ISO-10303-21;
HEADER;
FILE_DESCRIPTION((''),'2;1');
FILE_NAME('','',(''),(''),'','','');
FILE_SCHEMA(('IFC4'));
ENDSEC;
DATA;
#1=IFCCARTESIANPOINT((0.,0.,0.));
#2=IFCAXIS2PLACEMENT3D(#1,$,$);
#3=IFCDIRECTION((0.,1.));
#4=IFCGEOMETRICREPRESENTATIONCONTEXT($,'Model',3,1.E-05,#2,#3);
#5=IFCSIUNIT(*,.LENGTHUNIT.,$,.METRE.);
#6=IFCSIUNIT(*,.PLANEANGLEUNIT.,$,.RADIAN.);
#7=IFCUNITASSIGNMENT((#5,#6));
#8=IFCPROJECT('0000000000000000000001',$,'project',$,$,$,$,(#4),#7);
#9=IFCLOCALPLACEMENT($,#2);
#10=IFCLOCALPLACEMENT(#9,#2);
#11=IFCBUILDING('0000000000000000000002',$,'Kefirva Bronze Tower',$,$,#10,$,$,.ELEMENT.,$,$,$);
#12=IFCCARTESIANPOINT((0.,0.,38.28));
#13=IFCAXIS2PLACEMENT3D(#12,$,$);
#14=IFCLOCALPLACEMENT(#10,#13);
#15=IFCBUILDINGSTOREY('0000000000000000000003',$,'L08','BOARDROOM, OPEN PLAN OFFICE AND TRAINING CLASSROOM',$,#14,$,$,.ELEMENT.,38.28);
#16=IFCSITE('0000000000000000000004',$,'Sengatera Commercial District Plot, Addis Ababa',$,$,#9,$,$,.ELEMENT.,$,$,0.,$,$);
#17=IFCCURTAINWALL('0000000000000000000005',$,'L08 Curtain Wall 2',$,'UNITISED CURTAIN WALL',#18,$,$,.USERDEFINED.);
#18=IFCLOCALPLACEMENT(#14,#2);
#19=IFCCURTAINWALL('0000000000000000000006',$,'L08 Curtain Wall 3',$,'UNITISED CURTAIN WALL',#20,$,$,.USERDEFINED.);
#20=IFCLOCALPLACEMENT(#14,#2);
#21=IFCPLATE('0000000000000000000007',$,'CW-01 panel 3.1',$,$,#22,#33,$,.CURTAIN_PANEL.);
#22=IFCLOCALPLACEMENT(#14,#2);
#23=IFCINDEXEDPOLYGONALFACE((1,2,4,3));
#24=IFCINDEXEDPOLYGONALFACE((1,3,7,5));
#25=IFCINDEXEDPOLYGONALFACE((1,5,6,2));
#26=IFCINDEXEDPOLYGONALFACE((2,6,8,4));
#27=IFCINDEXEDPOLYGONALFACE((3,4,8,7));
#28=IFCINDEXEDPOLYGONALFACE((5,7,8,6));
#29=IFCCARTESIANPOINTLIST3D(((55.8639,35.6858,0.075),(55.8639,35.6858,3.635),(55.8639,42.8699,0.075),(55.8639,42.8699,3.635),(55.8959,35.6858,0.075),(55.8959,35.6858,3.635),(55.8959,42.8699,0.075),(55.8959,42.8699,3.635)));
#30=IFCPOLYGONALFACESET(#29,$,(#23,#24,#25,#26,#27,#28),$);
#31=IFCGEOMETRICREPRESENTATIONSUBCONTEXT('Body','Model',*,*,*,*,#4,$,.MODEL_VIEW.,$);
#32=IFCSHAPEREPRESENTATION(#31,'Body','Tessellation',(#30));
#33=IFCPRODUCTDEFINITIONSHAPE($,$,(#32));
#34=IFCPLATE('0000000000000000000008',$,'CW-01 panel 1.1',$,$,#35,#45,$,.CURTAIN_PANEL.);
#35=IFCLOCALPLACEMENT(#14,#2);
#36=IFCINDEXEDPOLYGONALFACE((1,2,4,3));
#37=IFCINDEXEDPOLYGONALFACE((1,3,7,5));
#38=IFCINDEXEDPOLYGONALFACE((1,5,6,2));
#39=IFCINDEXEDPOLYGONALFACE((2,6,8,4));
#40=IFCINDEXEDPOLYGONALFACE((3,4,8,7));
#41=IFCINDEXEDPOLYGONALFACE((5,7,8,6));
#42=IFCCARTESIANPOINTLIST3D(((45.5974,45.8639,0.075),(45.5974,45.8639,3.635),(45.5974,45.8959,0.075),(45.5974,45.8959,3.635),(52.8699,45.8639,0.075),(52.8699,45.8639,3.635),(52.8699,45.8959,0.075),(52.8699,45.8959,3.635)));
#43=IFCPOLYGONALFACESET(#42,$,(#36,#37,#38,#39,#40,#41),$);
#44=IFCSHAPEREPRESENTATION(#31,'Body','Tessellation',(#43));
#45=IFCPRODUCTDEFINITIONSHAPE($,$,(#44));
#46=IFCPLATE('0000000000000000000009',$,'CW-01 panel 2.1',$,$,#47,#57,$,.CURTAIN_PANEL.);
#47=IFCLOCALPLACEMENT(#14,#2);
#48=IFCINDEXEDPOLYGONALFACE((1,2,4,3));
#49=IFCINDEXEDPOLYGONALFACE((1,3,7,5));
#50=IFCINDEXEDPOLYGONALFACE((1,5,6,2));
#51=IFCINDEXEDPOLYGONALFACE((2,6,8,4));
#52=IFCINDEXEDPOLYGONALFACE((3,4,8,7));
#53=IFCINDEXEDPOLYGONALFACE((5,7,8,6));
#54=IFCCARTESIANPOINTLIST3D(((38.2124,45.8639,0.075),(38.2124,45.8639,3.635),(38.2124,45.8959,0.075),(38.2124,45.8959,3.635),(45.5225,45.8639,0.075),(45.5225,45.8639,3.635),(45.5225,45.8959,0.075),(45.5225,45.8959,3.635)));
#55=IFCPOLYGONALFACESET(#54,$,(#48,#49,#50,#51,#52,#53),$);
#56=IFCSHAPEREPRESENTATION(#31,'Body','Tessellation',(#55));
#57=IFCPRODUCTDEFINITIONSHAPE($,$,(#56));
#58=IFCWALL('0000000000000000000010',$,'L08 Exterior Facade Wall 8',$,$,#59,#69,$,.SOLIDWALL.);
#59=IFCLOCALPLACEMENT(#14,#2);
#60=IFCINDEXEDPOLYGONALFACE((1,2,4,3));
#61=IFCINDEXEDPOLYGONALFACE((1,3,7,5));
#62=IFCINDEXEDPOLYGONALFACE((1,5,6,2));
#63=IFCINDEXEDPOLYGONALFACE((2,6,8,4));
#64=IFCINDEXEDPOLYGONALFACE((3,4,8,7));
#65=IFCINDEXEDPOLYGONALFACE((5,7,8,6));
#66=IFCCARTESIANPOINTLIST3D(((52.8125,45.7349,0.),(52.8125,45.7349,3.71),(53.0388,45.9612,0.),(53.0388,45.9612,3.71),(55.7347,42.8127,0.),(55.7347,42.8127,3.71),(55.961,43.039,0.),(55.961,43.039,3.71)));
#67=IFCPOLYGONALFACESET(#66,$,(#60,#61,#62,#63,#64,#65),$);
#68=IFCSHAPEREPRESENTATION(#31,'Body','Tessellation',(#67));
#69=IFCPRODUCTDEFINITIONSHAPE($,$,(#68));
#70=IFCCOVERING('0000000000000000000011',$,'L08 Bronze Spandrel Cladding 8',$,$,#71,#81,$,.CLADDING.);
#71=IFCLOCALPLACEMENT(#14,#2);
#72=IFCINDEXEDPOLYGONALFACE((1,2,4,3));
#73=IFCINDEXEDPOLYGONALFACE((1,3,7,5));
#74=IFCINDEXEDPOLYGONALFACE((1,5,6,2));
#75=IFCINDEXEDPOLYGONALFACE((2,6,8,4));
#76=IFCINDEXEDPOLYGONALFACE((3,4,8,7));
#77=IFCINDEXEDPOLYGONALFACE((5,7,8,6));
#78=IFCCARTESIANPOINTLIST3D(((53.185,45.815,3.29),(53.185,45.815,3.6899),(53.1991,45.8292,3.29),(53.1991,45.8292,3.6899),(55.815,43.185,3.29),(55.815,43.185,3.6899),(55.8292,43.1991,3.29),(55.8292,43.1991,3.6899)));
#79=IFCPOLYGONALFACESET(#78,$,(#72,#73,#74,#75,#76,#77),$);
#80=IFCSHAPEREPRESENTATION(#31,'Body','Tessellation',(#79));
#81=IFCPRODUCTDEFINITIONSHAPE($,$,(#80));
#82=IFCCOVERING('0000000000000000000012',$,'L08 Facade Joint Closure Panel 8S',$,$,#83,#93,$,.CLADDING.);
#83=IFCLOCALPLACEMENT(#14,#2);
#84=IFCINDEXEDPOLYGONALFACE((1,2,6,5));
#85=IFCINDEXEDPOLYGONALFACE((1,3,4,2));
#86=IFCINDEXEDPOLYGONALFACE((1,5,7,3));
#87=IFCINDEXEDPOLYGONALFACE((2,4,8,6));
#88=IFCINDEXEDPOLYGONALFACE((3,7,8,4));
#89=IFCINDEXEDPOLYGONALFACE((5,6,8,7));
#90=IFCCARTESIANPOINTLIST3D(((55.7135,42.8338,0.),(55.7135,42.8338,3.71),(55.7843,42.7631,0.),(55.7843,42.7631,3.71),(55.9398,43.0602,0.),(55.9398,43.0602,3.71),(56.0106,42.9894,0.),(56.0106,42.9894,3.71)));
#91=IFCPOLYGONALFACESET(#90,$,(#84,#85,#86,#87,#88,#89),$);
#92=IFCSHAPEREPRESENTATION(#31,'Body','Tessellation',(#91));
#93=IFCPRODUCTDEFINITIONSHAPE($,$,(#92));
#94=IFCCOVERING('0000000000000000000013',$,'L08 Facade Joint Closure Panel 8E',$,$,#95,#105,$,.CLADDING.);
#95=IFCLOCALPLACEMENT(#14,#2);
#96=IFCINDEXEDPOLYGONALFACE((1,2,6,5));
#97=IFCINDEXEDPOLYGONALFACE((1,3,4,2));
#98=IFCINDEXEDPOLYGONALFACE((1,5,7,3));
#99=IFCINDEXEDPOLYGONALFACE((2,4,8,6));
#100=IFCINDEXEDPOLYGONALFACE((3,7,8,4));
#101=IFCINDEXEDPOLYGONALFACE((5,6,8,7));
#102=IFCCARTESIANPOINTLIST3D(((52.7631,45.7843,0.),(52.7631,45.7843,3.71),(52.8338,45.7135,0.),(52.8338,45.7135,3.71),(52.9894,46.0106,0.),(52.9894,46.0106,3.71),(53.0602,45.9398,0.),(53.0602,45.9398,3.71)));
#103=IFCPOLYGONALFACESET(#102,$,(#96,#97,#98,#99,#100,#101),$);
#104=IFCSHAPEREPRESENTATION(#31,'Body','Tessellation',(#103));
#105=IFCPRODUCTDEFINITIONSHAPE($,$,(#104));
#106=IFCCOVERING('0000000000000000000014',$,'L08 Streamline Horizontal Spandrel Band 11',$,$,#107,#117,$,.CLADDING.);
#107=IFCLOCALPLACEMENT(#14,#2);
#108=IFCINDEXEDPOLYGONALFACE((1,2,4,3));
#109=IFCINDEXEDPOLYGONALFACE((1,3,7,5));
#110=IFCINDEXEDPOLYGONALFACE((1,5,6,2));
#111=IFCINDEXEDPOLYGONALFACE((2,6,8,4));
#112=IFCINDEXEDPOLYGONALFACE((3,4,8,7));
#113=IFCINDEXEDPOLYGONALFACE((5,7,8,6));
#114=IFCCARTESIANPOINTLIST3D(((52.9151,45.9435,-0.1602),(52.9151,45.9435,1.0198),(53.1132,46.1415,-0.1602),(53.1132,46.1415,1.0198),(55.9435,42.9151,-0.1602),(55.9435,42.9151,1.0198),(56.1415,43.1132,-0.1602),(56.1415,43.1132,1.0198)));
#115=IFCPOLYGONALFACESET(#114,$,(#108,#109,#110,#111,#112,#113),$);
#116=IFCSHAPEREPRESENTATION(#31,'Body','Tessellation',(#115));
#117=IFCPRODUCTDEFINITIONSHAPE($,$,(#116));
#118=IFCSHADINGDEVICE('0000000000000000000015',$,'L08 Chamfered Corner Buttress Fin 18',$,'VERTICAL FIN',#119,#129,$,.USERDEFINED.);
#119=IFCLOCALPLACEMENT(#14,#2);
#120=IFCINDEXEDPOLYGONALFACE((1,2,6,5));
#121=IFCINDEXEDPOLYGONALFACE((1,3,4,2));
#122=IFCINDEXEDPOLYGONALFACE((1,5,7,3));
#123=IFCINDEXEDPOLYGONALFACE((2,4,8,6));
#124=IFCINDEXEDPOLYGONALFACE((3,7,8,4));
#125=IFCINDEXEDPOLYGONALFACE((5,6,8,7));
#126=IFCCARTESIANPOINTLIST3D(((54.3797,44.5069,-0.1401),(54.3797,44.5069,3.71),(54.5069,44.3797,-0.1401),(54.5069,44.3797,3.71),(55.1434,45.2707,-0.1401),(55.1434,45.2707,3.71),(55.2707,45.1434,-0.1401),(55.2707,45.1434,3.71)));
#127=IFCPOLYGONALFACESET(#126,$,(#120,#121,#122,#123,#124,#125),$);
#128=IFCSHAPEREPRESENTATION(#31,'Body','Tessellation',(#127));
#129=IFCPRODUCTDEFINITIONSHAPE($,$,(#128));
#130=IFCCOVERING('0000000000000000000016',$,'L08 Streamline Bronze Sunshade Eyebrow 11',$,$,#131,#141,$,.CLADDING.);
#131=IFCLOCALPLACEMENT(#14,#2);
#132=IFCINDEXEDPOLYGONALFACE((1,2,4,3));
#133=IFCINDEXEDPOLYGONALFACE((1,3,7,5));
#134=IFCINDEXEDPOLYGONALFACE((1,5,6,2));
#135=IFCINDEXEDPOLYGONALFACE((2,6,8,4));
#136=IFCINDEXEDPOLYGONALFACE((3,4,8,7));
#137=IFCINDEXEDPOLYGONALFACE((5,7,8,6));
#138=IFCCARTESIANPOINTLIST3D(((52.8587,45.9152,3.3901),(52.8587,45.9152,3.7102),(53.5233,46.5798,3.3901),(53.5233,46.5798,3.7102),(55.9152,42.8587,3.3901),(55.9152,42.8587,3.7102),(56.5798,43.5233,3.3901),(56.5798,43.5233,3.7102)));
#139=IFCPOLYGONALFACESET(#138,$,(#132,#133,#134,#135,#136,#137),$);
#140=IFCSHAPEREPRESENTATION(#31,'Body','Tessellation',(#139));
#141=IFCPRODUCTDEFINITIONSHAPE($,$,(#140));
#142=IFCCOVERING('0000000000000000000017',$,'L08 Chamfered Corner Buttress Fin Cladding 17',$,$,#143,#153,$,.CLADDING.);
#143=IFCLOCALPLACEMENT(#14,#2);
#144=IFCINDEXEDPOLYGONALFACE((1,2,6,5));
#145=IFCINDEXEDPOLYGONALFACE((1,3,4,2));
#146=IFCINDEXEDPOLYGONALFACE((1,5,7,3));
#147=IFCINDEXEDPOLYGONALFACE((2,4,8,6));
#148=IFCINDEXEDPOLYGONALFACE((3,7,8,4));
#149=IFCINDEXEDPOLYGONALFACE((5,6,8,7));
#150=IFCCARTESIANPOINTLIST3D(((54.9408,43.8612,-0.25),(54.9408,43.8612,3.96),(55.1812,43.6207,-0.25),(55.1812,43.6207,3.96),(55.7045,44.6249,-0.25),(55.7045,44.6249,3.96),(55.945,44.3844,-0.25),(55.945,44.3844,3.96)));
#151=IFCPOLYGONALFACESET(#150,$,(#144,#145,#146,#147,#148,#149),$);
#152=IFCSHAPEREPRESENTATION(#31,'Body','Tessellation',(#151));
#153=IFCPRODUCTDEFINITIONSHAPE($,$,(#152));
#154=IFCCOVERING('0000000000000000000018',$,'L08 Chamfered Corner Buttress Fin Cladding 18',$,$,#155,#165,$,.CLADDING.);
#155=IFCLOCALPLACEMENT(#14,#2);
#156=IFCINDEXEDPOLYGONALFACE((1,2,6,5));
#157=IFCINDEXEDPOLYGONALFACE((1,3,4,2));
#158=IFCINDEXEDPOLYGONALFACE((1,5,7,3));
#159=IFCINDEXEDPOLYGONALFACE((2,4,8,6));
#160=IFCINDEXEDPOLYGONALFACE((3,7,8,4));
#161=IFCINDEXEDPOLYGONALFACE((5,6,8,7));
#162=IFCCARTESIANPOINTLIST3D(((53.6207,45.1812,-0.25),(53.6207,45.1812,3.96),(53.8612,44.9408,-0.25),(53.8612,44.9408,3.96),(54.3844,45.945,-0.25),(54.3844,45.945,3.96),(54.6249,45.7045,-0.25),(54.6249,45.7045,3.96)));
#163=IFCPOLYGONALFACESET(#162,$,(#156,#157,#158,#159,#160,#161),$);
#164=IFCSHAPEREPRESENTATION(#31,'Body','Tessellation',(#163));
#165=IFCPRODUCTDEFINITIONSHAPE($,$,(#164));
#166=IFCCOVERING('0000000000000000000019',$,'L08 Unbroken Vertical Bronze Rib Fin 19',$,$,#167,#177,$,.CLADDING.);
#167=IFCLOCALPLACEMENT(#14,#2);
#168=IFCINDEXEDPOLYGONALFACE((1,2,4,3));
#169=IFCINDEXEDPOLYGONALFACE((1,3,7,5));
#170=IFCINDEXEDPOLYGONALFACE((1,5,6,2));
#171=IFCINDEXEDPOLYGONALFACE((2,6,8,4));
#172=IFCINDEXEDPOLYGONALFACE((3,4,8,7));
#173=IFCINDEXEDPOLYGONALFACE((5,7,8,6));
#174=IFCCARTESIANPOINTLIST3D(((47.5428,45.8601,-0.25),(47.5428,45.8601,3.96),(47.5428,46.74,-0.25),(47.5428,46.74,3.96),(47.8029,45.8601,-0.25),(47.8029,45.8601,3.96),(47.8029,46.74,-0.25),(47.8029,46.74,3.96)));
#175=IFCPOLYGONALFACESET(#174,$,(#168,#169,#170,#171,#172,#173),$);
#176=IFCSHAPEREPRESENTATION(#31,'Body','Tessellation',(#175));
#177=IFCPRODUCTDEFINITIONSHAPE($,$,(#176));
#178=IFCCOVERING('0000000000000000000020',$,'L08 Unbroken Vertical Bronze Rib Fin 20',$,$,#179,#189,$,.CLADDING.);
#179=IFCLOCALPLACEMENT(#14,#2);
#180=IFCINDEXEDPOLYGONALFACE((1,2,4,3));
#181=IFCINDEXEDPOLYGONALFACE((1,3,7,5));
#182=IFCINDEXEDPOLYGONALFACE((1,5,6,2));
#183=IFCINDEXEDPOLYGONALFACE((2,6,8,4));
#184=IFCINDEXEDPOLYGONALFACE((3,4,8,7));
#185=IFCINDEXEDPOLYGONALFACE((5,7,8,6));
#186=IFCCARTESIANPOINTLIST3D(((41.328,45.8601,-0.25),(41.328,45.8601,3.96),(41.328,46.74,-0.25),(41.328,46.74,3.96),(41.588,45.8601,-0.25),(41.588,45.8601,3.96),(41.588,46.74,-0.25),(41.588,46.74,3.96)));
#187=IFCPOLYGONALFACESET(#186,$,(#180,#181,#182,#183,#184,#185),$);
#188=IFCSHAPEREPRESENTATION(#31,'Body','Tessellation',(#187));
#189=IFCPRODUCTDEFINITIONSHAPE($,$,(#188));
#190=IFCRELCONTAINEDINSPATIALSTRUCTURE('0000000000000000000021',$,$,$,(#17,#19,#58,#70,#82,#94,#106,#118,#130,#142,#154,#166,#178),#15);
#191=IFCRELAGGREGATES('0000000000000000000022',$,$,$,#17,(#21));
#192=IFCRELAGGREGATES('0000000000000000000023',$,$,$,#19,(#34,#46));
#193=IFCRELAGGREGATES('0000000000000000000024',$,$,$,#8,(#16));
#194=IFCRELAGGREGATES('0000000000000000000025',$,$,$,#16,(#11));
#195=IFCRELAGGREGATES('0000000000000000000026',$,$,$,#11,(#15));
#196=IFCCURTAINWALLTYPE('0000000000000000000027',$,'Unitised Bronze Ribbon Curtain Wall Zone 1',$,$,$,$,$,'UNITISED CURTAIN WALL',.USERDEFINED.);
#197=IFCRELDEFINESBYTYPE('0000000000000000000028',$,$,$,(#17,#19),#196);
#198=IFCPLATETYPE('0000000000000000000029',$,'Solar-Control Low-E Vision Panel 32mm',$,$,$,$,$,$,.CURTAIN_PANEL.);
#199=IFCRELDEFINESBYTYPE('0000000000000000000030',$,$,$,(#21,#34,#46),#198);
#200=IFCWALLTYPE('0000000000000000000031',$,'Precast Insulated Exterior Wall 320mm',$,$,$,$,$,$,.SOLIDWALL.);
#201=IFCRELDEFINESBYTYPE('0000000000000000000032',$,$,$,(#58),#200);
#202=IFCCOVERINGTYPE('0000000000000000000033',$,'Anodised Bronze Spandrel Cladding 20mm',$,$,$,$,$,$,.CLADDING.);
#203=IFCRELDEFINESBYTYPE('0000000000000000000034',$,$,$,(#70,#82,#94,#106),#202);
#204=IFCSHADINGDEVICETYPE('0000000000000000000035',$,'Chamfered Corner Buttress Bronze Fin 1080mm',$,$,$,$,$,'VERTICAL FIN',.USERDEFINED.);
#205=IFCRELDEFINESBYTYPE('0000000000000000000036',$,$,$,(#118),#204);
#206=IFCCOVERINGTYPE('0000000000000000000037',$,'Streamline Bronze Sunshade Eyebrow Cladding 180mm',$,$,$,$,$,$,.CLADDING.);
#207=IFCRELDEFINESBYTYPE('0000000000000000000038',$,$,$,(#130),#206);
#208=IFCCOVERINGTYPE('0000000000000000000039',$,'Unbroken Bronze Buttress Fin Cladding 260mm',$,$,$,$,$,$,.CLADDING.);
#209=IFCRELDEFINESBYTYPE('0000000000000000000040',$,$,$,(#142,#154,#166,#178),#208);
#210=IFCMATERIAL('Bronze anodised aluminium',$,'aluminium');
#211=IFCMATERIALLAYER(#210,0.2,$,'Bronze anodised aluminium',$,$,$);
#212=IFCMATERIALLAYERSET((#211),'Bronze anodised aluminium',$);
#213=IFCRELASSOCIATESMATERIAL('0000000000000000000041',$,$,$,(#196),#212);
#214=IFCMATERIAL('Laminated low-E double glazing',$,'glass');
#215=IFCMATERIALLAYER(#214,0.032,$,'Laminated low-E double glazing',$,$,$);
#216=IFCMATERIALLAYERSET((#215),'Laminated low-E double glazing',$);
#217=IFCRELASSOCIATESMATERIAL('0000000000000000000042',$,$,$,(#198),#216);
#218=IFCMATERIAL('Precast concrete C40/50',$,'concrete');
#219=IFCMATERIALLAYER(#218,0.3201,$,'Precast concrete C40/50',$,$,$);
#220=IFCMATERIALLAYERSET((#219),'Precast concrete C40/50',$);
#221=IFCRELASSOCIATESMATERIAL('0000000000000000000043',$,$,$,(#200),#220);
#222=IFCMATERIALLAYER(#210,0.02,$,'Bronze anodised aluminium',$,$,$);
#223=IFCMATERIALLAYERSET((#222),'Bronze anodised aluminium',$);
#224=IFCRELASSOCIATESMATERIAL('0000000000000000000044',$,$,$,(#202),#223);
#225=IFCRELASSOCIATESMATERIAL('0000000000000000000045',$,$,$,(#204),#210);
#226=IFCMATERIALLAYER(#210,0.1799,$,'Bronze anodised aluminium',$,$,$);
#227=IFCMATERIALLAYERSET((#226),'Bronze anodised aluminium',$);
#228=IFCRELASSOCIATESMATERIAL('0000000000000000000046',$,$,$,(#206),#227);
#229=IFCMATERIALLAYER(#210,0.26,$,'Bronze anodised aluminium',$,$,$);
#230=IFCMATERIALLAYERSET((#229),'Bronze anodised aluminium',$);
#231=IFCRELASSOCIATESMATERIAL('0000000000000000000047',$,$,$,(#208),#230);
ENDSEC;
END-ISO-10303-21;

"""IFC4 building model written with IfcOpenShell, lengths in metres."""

from ifc_helpers import new_model, si_unit, direction, frame, frame_2d, origin, origin_2d, place, context, subcontext, project, spatial, rectangle, extrude, material, layer, layer_set, material_profile, profile_set, type_object, element, aggregate, save


model = new_model("IFC4")

# Units and contexts
model_context = context("Model", 3, precision=1e-05, world=origin(), true_north=direction((0.0, 1.0)))
body_context = subcontext(model_context, "Body", "Model", "MODEL_VIEW")
ifc_project = project(units=[si_unit("LENGTHUNIT", "METRE"), si_unit("PLANEANGLEUNIT", "RADIAN")], contexts=[model_context])

# Site, building, storey
site_placement = place(None, origin())
site = spatial("IfcSite", under=ifc_project, at=site_placement, Name="Sengatera Commercial District Plot, Addis Ababa", CompositionType="ELEMENT", RefElevation=0.0)
building_placement = place(site_placement, origin())
building = spatial("IfcBuilding", under=site, at=building_placement, Name="Kefirva Bronze Tower", CompositionType="ELEMENT")
storey_placement = place(building_placement, frame((0.0, 0.0, 38.28)))
storey = spatial("IfcBuildingStorey", under=building, at=storey_placement, Name="L08", Description="BOARDROOM, OPEN PLAN OFFICE AND TRAINING CLASSROOM", CompositionType="ELEMENT", Elevation=38.28)

# Curtain wall
ifc_material_1 = material(Name="Bronze anodised aluminium", Category="aluminium")
ifc_layer_1 = layer(ifc_material_1, 0.2, Name="Bronze anodised aluminium")
ifc_layer_set_1 = layer_set([ifc_layer_1], Name="Bronze anodised aluminium")
curtain_wall_type = type_object("IfcCurtainWallType", Name="Unitised Bronze Ribbon Curtain Wall Zone 1", ElementType="UNITISED CURTAIN WALL", PredefinedType="USERDEFINED", material=ifc_layer_set_1)
curtain_wall_1_placement = place(storey_placement, origin())
curtain_wall_1 = element("IfcCurtainWall", 1, at=curtain_wall_1_placement, inside=storey, type_object=curtain_wall_type, Name="L08 Curtain Wall 2", ObjectType="UNITISED CURTAIN WALL", PredefinedType="USERDEFINED")

# Curtain wall
curtain_wall_2_placement = place(storey_placement, origin())
curtain_wall_2 = element("IfcCurtainWall", 2, at=curtain_wall_2_placement, inside=storey, type_object=curtain_wall_type, Name="L08 Curtain Wall 3", ObjectType="UNITISED CURTAIN WALL", PredefinedType="USERDEFINED")

# Plates
ifc_material_2 = material(Name="Laminated low-E double glazing", Category="glass")
ifc_layer_2 = layer(ifc_material_2, 0.032, Name="Laminated low-E double glazing")
ifc_layer_set_2 = layer_set([ifc_layer_2], Name="Laminated low-E double glazing")
plate_type = type_object("IfcPlateType", Name="Solar-Control Low-E Vision Panel 32mm", PredefinedType="CURTAIN_PANEL", material=ifc_layer_set_2)
plate_1_placement = place(storey_placement, frame((55.8799, 39.2778, 0.075), z_axis=(0.0, 0.0, 1.0), x_axis=(0.0, 1.0, 0.0)))
plate_1 = element("IfcPlate", 3, at=plate_1_placement, type_object=plate_type, Name="CW-01 panel 3.1", PredefinedType="CURTAIN_PANEL", context=body_context, shape_type="SweptSolid", body=[
    extrude(rectangle(XDim=7.1841, YDim=0.032, at=origin_2d()), origin(), (0.0, 0.0, 1.0), 3.5601),
])
aggregate(curtain_wall_1, [plate_1])
plate_2_placement = place(storey_placement, frame((49.2336, 45.8799, 0.075), z_axis=(0.0, 0.0, 1.0), x_axis=(-1.0, 0.0, 0.0)))
plate_2 = element("IfcPlate", 4, at=plate_2_placement, type_object=plate_type, Name="CW-01 panel 1.1", PredefinedType="CURTAIN_PANEL", context=body_context, shape_type="SweptSolid", body=[
    extrude(rectangle(XDim=7.2725, YDim=0.032, at=origin_2d()), origin(), (0.0, 0.0, 1.0), 3.5601),
])
plate_3_placement = place(storey_placement, frame((41.8674, 45.8799, 0.075), z_axis=(0.0, 0.0, 1.0), x_axis=(-1.0, 0.0, 0.0)))
plate_3 = element("IfcPlate", 5, at=plate_3_placement, type_object=plate_type, Name="CW-01 panel 2.1", PredefinedType="CURTAIN_PANEL", context=body_context, shape_type="SweptSolid", body=[
    extrude(rectangle(XDim=7.3101, YDim=0.032, at=origin_2d()), origin(), (0.0, 0.0, 1.0), 3.5601),
])
aggregate(curtain_wall_2, [plate_2, plate_3])

# Wall
ifc_material_3 = material(Name="Precast concrete C40/50", Category="concrete")
ifc_layer_3 = layer(ifc_material_3, 0.3201, Name="Precast concrete C40/50")
ifc_layer_set_3 = layer_set([ifc_layer_3], Name="Precast concrete C40/50")
wall_type = type_object("IfcWallType", Name="Precast Insulated Exterior Wall 320mm", PredefinedType="SOLIDWALL", material=ifc_layer_set_3)
wall_placement = place(storey_placement, frame((55.8479, 42.9258, 0.0), z_axis=(0.0, 0.0, 1.0), x_axis=(-0.707107, 0.707107, 0.0)))
element("IfcWall", 6, at=wall_placement, inside=storey, type_object=wall_type, Name="L08 Exterior Facade Wall 8", PredefinedType="SOLIDWALL", context=body_context, shape_type="SweptSolid", body=[
    extrude(rectangle(XDim=4.1326, YDim=0.3201, at=frame_2d((2.0664, 0.0))), origin(), (0.0, 0.0, 1.0), 3.71),
])

# Coverings
ifc_layer_4 = layer(ifc_material_1, 0.02, Name="Bronze anodised aluminium")
ifc_layer_set_4 = layer_set([ifc_layer_4], Name="Bronze anodised aluminium")
covering_type_1 = type_object("IfcCoveringType", Name="Anodised Bronze Spandrel Cladding 20mm", PredefinedType="CLADDING", material=ifc_layer_set_4)
covering_1_placement = place(storey_placement, frame((54.5071, 44.5071, 3.29), z_axis=(0.0, 0.0, 1.0), x_axis=(-0.707107, 0.707107, 0.0)))
element("IfcCovering", 7, at=covering_1_placement, inside=storey, type_object=covering_type_1, Name="L08 Bronze Spandrel Cladding 8", PredefinedType="CLADDING", context=body_context, shape_type="SweptSolid", body=[
    extrude(rectangle(XDim=3.7195, YDim=0.02, at=origin_2d()), origin(), (0.0, 0.0, 1.0), 0.3999),
])
for number, where, z_axis, x_axis, name in (
    (8, (55.8621, 42.9116, 0.0), (0.0, 0.0, 1.0), (-0.707107, 0.707107, 0.0), "L08 Facade Joint Closure Panel 8S"),
    (9, (52.9116, 45.8621, 0.0), (0.0, 0.0, 1.0), (-0.707107, 0.707107, 0.0), "L08 Facade Joint Closure Panel 8E"),
):
    element("IfcCovering", number, at=place(storey_placement, frame(where, z_axis=z_axis, x_axis=x_axis)), inside=storey, type_object=covering_type_1, Name=name, PredefinedType="CLADDING", context=body_context, shape_type="SweptSolid", body=[
        extrude(rectangle(XDim=0.1001, YDim=0.3201, at=origin_2d()), origin(), (0.0, 0.0, 1.0), 3.71),
    ])
covering_2_placement = place(storey_placement, frame((54.5283, 44.5283, -0.1602), z_axis=(0.0, 0.0, 1.0), x_axis=(-0.707107, 0.707107, 0.0)))
element("IfcCovering", 10, at=covering_2_placement, inside=storey, type_object=covering_type_1, Name="L08 Streamline Horizontal Spandrel Band 11", PredefinedType="CLADDING", context=body_context, shape_type="SweptSolid", body=[
    extrude(rectangle(XDim=4.2827, YDim=0.28, at=origin_2d()), origin(), (0.0, 0.0, 1.0), 1.1799),
])

# Shading device
ifc_material_profile_1 = material_profile(ifc_material_1, rectangle(XDim=0.1799, YDim=1.0801, at=origin_2d()), Name="BRONZE BUTTRESS FIN 180x1080")
ifc_profile_set_1 = profile_set([ifc_material_profile_1], Name="Bronze anodised aluminium")
shading_device_type_1 = type_object("IfcShadingDeviceType", Name="Chamfered Corner Buttress Bronze Fin 1080mm", ElementType="VERTICAL FIN", PredefinedType="USERDEFINED", material=ifc_profile_set_1)
shading_device_1_placement = place(storey_placement, frame((54.8252, 44.8252, -0.1401), z_axis=(0.0, 0.0, 1.0), x_axis=(-0.707107, 0.707107, 0.0)))
element("IfcShadingDevice", 11, at=shading_device_1_placement, inside=storey, type_object=shading_device_type_1, Name="L08 Chamfered Corner Buttress Fin 18", ObjectType="VERTICAL FIN", PredefinedType="USERDEFINED", context=body_context, shape_type="SweptSolid", body=[
    extrude(rectangle(XDim=0.1799, YDim=1.0801, at=origin_2d()), origin(), (0.0, 0.0, 1.0), 3.8501),
])

# Coverings
ifc_layer_5 = layer(ifc_material_1, 0.1799, Name="Bronze anodised aluminium")
ifc_layer_set_5 = layer_set([ifc_layer_5], Name="Bronze anodised aluminium")
covering_type_2 = type_object("IfcCoveringType", Name="Streamline Bronze Sunshade Eyebrow Cladding 180mm", PredefinedType="CLADDING", material=ifc_layer_set_5)
covering_3_placement = place(storey_placement, frame((54.7192, 44.7192, 3.3901), z_axis=(0.0, 0.0, 1.0), x_axis=(-0.707107, 0.707107, 0.0)))
element("IfcCovering", 12, at=covering_3_placement, inside=storey, type_object=covering_type_2, Name="L08 Streamline Bronze Sunshade Eyebrow 11", PredefinedType="CLADDING", context=body_context, shape_type="SweptSolid", body=[
    extrude(rectangle(XDim=4.3225, YDim=0.9399, at=origin_2d()), origin(), (0.0, 0.0, 1.0), 0.3201),
])
ifc_layer_6 = layer(ifc_material_1, 0.26, Name="Bronze anodised aluminium")
ifc_layer_set_6 = layer_set([ifc_layer_6], Name="Bronze anodised aluminium")
covering_type_3 = type_object("IfcCoveringType", Name="Unbroken Bronze Buttress Fin Cladding 260mm", PredefinedType="CLADDING", material=ifc_layer_set_6)
for number, where, z_axis, x_axis, name in (
    (13, (55.4429, 44.1228, -0.25), (0.0, 0.0, 1.0), (-0.707107, 0.707107, 0.0), "L08 Chamfered Corner Buttress Fin Cladding 17"),
    (14, (54.1228, 45.4429, -0.25), (0.0, 0.0, 1.0), (-0.707107, 0.707107, 0.0), "L08 Chamfered Corner Buttress Fin Cladding 18"),
):
    element("IfcCovering", number, at=place(storey_placement, frame(where, z_axis=z_axis, x_axis=x_axis)), inside=storey, type_object=covering_type_3, Name=name, PredefinedType="CLADDING", context=body_context, shape_type="SweptSolid", body=[
        extrude(rectangle(XDim=0.3401, YDim=1.0801, at=origin_2d()), origin(), (0.0, 0.0, 1.0), 4.21),
    ])
for number, where, z_axis, x_axis, name in (
    (15, (47.6729, 46.3, -0.25), (0.0, 0.0, 1.0), (-1.0, 0.0, 0.0), "L08 Unbroken Vertical Bronze Rib Fin 19"),
    (16, (41.458, 46.3, -0.25), (0.0, 0.0, 1.0), (-1.0, 0.0, 0.0), "L08 Unbroken Vertical Bronze Rib Fin 20"),
):
    element("IfcCovering", number, at=place(storey_placement, frame(where, z_axis=z_axis, x_axis=x_axis)), inside=storey, type_object=covering_type_3, Name=name, PredefinedType="CLADDING", context=body_context, shape_type="SweptSolid", body=[
        extrude(rectangle(XDim=0.26, YDim=0.8799, at=origin_2d()), origin(), (0.0, 0.0, 1.0), 4.21),
    ])

save(model, "model.ifc")
